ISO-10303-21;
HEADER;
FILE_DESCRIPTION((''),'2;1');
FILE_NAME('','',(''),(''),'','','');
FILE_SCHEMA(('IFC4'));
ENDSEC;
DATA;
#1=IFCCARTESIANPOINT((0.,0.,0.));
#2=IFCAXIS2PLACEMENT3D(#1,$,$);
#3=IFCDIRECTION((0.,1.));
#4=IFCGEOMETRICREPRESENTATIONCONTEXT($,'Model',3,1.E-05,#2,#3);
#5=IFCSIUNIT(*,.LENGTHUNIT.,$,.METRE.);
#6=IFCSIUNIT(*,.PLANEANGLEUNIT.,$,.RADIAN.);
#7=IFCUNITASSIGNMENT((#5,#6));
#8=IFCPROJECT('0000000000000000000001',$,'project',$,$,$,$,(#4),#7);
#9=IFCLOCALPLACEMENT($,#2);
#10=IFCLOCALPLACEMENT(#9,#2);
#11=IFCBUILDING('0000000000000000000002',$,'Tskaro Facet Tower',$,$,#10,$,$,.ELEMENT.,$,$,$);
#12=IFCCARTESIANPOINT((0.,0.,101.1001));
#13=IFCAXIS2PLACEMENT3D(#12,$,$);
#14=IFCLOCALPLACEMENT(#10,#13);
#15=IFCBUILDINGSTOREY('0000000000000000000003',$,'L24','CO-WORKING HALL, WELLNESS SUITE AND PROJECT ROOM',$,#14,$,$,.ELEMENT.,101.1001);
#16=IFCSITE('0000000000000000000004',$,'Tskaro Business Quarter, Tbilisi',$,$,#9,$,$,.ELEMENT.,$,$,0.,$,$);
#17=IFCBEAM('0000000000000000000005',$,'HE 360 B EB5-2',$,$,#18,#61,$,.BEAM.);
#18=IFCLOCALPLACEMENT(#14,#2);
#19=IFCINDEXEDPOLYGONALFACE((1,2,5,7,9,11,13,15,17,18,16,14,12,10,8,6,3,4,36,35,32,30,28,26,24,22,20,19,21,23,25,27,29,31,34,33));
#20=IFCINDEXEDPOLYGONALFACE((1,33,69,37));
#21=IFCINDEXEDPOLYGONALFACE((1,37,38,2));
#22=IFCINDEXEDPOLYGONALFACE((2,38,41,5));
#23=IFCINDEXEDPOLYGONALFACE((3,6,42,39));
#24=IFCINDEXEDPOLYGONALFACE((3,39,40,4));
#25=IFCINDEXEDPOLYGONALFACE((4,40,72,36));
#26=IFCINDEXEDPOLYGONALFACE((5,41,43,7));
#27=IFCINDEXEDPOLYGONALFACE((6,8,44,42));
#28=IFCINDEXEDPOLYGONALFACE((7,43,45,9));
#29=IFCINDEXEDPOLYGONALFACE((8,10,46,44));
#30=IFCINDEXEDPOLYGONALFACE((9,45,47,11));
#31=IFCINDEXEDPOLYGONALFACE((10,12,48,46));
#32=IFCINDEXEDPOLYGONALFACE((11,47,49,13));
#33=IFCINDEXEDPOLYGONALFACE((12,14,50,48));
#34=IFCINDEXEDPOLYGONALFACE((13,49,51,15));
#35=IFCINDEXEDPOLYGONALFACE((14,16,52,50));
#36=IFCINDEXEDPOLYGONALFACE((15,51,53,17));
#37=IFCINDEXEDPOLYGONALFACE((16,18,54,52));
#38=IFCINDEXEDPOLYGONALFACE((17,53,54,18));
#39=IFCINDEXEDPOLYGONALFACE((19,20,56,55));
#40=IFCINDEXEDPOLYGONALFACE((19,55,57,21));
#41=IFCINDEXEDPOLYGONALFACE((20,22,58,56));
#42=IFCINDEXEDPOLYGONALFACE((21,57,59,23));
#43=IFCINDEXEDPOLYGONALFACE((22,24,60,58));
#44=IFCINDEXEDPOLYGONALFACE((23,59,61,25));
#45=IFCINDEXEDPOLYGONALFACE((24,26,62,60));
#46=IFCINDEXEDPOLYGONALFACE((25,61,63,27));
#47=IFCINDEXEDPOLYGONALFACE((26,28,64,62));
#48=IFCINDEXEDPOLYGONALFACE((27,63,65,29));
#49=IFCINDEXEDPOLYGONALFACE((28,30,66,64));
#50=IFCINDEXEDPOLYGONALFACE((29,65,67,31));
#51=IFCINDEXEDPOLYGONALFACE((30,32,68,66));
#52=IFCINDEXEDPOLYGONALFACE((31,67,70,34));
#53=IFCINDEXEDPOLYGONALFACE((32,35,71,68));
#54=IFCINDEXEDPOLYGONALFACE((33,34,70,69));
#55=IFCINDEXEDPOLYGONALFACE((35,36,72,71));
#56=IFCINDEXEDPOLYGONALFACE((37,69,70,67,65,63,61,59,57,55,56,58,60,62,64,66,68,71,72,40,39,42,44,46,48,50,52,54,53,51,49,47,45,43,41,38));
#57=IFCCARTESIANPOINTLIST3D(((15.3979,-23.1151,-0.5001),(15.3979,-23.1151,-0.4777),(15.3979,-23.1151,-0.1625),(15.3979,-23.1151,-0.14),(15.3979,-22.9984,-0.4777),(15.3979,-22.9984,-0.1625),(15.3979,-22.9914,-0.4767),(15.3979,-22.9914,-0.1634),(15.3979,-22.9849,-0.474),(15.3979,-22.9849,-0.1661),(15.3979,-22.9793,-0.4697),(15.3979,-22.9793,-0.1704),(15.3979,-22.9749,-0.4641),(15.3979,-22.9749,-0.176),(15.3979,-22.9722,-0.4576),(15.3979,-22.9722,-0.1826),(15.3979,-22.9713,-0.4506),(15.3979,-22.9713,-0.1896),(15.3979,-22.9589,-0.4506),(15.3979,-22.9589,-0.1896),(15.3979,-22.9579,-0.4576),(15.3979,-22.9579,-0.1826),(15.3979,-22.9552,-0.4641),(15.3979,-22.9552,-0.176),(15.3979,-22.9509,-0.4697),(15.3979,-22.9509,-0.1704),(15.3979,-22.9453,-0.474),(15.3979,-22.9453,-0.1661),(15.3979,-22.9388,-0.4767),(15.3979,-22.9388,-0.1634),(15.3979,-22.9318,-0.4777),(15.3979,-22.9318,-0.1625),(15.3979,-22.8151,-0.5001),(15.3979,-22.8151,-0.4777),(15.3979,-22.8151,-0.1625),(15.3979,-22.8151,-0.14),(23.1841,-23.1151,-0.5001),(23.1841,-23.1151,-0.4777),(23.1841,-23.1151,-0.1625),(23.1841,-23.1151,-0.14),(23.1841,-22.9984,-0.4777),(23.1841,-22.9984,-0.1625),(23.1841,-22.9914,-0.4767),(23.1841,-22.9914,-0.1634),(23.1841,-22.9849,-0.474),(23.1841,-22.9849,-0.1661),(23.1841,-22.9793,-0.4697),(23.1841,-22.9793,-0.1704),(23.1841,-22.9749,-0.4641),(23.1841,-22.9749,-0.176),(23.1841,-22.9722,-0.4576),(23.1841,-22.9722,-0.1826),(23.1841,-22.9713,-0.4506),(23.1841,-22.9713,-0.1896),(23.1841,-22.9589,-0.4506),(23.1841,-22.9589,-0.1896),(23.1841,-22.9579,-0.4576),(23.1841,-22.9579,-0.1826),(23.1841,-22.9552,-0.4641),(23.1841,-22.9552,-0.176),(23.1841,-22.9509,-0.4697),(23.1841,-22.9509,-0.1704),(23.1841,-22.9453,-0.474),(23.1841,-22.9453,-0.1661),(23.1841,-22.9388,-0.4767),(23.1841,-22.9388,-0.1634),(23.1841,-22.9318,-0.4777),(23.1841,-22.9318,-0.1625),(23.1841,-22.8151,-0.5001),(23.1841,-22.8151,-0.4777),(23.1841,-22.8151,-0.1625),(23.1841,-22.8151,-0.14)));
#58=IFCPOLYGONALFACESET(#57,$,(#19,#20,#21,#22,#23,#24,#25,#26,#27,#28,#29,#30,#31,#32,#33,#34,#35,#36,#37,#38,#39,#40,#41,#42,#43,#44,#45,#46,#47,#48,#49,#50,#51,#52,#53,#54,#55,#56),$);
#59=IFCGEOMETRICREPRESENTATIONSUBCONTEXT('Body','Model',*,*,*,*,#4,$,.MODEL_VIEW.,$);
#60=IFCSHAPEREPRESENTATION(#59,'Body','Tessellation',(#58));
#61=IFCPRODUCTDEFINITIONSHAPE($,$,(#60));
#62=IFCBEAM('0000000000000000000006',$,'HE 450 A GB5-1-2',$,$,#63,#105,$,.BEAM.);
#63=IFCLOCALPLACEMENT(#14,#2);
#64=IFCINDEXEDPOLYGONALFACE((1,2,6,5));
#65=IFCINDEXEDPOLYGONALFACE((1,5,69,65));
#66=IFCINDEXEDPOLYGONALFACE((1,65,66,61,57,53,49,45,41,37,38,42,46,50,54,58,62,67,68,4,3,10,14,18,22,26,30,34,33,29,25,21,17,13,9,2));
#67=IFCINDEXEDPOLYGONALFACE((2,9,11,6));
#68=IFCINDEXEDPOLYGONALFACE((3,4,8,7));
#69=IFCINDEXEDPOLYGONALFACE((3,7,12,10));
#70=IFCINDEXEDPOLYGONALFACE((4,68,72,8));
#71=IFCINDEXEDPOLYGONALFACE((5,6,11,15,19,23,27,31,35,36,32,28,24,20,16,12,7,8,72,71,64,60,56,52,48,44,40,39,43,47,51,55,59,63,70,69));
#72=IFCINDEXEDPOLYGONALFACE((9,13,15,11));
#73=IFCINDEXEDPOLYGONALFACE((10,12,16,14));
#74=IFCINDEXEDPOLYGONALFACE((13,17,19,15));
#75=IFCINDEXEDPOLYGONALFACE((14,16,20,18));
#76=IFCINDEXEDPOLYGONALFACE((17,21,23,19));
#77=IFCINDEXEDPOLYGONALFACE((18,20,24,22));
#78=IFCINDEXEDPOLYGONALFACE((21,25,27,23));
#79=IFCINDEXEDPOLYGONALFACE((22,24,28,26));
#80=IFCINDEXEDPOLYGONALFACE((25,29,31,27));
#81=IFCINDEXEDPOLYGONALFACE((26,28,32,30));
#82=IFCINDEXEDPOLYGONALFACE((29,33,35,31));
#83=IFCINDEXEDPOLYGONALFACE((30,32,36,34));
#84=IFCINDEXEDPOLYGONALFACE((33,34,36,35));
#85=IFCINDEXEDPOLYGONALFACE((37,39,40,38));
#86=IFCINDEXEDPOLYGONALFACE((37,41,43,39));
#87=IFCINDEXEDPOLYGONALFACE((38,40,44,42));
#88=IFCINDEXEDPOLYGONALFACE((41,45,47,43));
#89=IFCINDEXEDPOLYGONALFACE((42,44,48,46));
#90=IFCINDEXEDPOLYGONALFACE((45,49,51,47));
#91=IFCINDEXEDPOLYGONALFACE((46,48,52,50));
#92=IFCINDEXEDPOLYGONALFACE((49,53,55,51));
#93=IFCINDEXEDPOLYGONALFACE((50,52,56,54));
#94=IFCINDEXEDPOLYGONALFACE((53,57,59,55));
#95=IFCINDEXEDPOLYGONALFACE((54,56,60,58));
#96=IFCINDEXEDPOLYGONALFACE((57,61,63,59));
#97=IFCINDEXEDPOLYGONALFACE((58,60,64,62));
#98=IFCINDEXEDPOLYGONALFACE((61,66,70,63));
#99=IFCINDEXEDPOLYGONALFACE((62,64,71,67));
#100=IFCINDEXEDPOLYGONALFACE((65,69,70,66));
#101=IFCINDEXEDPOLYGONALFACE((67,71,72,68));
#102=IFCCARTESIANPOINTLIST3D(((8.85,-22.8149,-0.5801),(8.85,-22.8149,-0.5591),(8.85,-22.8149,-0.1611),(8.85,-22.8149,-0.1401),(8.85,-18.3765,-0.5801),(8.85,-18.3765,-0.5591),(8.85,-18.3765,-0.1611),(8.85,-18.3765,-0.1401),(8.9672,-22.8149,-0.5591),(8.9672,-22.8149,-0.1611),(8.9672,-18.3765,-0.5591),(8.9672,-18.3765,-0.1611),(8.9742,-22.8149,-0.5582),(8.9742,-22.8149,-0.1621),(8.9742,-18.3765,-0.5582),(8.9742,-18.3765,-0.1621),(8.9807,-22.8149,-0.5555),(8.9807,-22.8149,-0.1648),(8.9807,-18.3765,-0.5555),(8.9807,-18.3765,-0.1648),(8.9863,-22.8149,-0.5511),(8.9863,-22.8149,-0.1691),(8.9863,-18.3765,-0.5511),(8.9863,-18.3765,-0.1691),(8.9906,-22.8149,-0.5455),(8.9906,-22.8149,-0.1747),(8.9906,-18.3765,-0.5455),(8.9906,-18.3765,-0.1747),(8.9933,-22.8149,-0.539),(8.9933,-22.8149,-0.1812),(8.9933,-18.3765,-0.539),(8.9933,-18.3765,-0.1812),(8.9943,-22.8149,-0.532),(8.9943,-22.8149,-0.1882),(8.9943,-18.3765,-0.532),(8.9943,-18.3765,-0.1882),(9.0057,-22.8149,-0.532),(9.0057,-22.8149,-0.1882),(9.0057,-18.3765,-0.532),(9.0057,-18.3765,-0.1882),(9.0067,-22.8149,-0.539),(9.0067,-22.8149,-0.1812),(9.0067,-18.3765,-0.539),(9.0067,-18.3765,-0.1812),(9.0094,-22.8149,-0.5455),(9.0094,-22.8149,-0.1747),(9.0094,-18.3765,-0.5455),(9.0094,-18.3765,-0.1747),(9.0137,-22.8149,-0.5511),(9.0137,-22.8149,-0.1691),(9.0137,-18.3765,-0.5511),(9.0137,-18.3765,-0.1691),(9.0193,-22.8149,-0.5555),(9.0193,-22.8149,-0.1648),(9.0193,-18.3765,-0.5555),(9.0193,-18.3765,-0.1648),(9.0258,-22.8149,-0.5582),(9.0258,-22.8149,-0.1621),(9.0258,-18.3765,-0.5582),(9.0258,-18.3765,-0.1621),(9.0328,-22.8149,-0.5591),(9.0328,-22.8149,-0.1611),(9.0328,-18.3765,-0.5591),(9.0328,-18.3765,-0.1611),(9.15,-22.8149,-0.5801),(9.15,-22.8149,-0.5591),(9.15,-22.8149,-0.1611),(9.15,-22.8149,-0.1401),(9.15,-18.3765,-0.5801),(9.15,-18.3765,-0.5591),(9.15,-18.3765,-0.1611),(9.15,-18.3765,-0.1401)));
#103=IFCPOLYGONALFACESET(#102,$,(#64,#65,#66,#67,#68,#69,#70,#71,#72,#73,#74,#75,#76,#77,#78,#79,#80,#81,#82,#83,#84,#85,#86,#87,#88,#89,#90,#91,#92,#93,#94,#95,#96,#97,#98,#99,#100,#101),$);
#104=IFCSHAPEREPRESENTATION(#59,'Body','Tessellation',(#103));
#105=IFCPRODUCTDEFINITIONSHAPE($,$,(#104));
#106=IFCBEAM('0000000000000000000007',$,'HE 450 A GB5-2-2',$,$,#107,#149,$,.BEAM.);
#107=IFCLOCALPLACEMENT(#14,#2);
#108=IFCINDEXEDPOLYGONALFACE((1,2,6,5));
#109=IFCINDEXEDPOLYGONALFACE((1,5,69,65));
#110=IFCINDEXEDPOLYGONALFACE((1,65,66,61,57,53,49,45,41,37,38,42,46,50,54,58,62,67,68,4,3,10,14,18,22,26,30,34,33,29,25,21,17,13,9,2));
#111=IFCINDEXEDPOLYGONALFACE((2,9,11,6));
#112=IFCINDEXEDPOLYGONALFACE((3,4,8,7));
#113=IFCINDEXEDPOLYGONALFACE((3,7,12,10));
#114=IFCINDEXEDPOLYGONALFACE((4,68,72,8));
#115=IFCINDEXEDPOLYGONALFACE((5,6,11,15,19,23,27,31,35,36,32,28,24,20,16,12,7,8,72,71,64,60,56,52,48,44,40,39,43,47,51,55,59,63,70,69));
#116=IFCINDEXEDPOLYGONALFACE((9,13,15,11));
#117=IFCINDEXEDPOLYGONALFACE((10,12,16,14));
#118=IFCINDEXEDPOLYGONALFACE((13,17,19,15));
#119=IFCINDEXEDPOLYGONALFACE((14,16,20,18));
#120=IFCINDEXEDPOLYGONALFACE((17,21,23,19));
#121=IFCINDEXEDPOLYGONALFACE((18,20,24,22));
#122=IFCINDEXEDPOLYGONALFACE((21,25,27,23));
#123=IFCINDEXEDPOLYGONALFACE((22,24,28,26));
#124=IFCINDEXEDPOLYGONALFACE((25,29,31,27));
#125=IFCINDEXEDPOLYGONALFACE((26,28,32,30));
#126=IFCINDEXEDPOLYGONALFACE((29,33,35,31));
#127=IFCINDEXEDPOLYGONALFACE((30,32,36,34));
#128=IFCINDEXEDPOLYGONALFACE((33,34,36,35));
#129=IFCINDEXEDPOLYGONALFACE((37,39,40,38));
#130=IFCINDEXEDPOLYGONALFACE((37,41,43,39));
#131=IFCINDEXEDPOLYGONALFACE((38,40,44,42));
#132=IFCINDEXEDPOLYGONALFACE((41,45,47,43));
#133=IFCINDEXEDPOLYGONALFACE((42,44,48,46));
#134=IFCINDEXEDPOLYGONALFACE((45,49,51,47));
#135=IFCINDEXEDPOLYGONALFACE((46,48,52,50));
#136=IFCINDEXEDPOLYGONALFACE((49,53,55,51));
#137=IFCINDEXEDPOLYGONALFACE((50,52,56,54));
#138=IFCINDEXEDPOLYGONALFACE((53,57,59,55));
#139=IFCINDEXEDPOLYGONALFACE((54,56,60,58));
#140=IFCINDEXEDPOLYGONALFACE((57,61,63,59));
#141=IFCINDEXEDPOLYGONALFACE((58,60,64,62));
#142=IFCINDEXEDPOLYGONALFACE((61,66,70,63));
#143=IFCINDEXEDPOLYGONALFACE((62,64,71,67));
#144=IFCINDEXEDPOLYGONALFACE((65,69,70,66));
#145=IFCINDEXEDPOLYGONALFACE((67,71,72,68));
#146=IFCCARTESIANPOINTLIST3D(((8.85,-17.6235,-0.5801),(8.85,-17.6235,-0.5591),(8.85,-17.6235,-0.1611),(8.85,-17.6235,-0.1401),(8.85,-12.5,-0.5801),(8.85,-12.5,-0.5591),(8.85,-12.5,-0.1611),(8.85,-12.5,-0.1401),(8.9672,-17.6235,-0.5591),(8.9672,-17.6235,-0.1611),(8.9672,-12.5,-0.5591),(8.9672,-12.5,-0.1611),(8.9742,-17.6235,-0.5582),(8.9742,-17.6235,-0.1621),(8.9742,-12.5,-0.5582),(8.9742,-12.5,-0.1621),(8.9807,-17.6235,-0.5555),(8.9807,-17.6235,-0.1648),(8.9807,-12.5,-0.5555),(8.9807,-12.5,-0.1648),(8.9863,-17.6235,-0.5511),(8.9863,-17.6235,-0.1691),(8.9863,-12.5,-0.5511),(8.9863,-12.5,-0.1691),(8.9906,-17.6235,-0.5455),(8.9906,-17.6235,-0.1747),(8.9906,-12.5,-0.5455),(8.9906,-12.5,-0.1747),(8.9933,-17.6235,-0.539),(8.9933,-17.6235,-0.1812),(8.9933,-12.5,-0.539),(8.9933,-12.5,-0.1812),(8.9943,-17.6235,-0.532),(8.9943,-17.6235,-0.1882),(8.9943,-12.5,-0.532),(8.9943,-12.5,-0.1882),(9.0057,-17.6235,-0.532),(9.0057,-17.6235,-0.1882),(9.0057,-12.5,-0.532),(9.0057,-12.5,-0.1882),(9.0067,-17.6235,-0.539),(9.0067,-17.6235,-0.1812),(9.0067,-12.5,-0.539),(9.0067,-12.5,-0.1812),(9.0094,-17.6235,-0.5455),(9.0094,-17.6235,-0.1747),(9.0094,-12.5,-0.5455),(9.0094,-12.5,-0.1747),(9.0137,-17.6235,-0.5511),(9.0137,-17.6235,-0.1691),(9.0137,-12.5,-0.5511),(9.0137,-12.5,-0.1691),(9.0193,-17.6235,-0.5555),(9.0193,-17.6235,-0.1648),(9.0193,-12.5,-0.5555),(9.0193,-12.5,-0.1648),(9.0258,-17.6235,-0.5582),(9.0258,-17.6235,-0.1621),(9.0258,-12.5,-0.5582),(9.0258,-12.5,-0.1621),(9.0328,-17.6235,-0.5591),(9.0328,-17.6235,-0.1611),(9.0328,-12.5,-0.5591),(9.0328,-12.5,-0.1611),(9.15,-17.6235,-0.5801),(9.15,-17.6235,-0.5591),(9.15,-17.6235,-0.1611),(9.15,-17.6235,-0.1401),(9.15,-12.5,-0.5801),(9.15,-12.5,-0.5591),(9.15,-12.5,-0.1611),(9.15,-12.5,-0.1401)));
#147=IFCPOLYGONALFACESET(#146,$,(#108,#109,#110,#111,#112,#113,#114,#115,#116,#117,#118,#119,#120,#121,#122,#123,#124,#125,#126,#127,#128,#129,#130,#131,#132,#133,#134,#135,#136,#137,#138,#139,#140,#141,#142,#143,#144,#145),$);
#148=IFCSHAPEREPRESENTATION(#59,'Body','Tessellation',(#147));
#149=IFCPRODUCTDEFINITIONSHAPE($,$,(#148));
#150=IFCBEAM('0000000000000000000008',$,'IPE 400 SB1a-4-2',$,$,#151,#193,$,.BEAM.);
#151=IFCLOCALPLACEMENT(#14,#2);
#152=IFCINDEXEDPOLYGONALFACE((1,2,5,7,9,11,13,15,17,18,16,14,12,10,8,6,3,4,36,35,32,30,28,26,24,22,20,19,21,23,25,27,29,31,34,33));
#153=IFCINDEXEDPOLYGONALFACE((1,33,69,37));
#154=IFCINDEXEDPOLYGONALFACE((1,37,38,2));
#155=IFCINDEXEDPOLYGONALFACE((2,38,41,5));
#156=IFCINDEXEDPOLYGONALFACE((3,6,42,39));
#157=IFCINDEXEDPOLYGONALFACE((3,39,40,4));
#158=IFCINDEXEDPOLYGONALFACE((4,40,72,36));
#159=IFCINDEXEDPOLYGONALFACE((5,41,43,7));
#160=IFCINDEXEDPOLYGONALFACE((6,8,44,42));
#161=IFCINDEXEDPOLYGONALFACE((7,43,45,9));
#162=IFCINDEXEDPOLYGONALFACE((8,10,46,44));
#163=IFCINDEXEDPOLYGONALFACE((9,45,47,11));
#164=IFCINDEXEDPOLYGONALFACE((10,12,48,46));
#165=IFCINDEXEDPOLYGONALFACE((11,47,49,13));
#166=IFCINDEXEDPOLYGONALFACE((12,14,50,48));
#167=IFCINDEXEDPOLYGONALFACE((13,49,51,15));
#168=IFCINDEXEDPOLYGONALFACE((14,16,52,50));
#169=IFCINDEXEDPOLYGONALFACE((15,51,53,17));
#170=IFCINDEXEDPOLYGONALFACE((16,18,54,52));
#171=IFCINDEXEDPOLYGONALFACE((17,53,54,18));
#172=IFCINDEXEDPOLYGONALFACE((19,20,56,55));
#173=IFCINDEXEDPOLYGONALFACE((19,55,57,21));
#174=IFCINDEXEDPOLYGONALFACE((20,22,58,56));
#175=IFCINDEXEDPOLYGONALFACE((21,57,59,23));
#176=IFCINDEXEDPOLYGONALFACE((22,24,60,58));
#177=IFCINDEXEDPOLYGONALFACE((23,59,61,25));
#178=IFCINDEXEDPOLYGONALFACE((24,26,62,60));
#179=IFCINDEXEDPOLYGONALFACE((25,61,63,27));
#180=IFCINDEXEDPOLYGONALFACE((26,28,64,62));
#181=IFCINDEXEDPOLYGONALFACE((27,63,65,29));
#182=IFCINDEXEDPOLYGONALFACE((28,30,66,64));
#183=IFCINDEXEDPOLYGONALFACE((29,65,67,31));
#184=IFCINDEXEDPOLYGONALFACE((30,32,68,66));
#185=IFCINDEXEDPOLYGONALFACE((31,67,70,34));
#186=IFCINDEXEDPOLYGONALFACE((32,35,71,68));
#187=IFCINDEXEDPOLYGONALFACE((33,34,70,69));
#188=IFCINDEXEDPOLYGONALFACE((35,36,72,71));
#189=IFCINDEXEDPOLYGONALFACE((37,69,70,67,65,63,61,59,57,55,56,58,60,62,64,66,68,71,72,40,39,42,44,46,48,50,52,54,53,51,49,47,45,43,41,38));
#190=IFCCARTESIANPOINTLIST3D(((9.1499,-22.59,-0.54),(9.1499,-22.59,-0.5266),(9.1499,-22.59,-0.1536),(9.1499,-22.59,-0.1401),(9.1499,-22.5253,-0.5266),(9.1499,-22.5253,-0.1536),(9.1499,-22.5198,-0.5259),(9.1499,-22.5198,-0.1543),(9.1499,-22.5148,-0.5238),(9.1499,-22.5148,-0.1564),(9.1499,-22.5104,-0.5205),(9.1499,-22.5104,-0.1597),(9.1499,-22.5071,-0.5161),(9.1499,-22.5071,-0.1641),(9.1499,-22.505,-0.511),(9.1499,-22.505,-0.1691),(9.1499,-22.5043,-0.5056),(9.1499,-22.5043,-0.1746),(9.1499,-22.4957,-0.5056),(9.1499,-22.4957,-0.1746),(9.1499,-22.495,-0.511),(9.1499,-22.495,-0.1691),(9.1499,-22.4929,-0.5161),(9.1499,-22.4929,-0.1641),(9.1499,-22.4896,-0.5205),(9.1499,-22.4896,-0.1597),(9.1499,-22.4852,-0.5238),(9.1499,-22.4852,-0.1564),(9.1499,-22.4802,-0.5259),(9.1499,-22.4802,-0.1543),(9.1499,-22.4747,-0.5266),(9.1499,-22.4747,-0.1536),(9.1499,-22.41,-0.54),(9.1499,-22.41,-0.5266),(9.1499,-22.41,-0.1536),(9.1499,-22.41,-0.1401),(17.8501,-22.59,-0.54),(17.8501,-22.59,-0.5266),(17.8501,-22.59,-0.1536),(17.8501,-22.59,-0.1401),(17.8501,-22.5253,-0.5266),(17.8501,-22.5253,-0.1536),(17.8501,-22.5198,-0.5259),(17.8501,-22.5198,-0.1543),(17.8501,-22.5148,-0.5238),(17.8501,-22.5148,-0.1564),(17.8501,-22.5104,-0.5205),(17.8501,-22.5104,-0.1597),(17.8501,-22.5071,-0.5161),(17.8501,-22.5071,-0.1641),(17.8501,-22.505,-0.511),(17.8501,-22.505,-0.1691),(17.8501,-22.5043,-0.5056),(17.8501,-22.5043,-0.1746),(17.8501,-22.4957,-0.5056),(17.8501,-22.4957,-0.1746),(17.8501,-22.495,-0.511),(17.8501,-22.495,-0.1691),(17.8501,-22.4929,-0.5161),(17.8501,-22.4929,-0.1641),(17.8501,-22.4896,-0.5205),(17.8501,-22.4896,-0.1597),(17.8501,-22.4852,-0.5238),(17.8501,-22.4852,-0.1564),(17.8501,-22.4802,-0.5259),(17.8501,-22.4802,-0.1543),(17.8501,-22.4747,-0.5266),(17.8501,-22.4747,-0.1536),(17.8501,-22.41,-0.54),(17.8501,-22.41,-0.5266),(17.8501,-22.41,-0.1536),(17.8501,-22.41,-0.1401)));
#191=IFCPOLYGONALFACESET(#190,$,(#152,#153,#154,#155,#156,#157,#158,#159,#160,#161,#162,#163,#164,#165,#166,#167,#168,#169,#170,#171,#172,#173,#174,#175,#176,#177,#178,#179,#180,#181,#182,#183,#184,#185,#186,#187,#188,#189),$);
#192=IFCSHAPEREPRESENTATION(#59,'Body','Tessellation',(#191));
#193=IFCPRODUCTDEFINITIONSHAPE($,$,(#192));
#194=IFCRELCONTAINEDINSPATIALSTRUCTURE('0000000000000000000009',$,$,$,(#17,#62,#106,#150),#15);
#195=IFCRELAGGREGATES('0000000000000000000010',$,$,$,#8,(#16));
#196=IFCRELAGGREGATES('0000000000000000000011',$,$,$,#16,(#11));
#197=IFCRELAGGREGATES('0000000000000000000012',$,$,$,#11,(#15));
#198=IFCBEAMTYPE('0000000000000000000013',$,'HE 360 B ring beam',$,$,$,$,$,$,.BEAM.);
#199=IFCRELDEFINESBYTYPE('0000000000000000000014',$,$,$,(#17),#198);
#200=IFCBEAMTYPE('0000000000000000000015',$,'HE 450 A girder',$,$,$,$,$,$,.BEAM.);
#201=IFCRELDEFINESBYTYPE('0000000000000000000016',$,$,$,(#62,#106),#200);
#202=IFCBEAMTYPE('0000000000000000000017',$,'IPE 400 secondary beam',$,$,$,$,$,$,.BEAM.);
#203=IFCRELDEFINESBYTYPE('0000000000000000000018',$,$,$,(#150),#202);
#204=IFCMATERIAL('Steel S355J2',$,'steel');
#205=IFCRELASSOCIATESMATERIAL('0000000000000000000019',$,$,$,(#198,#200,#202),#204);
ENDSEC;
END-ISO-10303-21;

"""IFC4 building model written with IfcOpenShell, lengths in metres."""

from ifc_helpers import new_model, si_unit, direction, frame, origin, origin_2d, place, context, subcontext, project, spatial, i_section, extrude, material, material_profile, profile_set, type_object, element, save


model = new_model("IFC4")

# Units and contexts
model_context = context("Model", 3, precision=1e-05, world=origin(), true_north=direction((0.0, 1.0)))
body_context = subcontext(model_context, "Body", "Model", "MODEL_VIEW")
ifc_project = project(units=[si_unit("LENGTHUNIT", "METRE"), si_unit("PLANEANGLEUNIT", "RADIAN")], contexts=[model_context])

# Site, building, storey
site_placement = place(None, origin())
site = spatial("IfcSite", under=ifc_project, at=site_placement, Name="Tskaro Business Quarter, Tbilisi", CompositionType="ELEMENT", RefElevation=0.0)
building_placement = place(site_placement, origin())
building = spatial("IfcBuilding", under=site, at=building_placement, Name="Tskaro Facet Tower", CompositionType="ELEMENT")
storey_placement = place(building_placement, frame((0.0, 0.0, 101.1001)))
storey = spatial("IfcBuildingStorey", under=building, at=storey_placement, Name="L24", Description="CO-WORKING HALL, WELLNESS SUITE AND PROJECT ROOM", CompositionType="ELEMENT", Elevation=101.1001)

# Beams
ifc_material_1 = material(Name="Steel S355J2", Category="steel")
ifc_material_profile_1 = material_profile(ifc_material_1, i_section(OverallWidth=0.3, OverallDepth=0.3601, WebThickness=0.0125, FlangeThickness=0.0225, FilletRadius=0.0271, at=origin_2d()), Name="HE 360 B")
ifc_profile_set_1 = profile_set([ifc_material_profile_1], Name="Steel S355J2")
beam_type_1 = type_object("IfcBeamType", Name="HE 360 B ring beam", PredefinedType="BEAM", material=ifc_profile_set_1)
beam_1_placement = place(storey_placement, frame((15.3979, -22.9651, -0.3201), z_axis=(1.0, 0.0, 0.0), x_axis=(0.0, 1.0, 0.0)))
element("IfcBeam", 1, at=beam_1_placement, inside=storey, type_object=beam_type_1, Name="HE 360 B EB5-2", PredefinedType="BEAM", context=body_context, shape_type="SweptSolid", body=[
    extrude(i_section(OverallWidth=0.3, OverallDepth=0.3601, WebThickness=0.0125, FlangeThickness=0.0225, FilletRadius=0.0271, at=origin_2d()), origin(), (0.0, 0.0, 1.0), 7.7861),
])
ifc_material_profile_2 = material_profile(ifc_material_1, i_section(OverallWidth=0.3, OverallDepth=0.4399, WebThickness=0.0115, FlangeThickness=0.021, FilletRadius=0.0271, at=origin_2d()), Name="HE 450 A")
ifc_profile_set_2 = profile_set([ifc_material_profile_2], Name="Steel S355J2")
beam_type_2 = type_object("IfcBeamType", Name="HE 450 A girder", PredefinedType="BEAM", material=ifc_profile_set_2)
beam_2_placement = place(storey_placement, frame((9.0, -22.8149, -0.3601), z_axis=(0.0, 1.0, 0.0), x_axis=(-1.0, 0.0, 0.0)))
element("IfcBeam", 2, at=beam_2_placement, inside=storey, type_object=beam_type_2, Name="HE 450 A GB5-1-2", PredefinedType="BEAM", context=body_context, shape_type="SweptSolid", body=[
    extrude(i_section(OverallWidth=0.3, OverallDepth=0.4399, WebThickness=0.0115, FlangeThickness=0.021, FilletRadius=0.0271, at=origin_2d()), origin(), (0.0, 0.0, 1.0), 4.4385),
])
beam_3_placement = place(storey_placement, frame((9.0, -17.6235, -0.3601), z_axis=(0.0, 1.0, 0.0), x_axis=(-1.0, 0.0, 0.0)))
element("IfcBeam", 3, at=beam_3_placement, inside=storey, type_object=beam_type_2, Name="HE 450 A GB5-2-2", PredefinedType="BEAM", context=body_context, shape_type="SweptSolid", body=[
    extrude(i_section(OverallWidth=0.3, OverallDepth=0.4399, WebThickness=0.0115, FlangeThickness=0.021, FilletRadius=0.0271, at=origin_2d()), origin(), (0.0, 0.0, 1.0), 5.1235),
])
ifc_material_profile_3 = material_profile(ifc_material_1, i_section(OverallWidth=0.1799, OverallDepth=0.3999, WebThickness=0.0085, FlangeThickness=0.0134, FilletRadius=0.021, at=origin_2d()), Name="IPE 400")
ifc_profile_set_3 = profile_set([ifc_material_profile_3], Name="Steel S355J2")
beam_type_3 = type_object("IfcBeamType", Name="IPE 400 secondary beam", PredefinedType="BEAM", material=ifc_profile_set_3)
beam_4_placement = place(storey_placement, frame((9.1499, -22.5, -0.3401), z_axis=(1.0, 0.0, 0.0), x_axis=(0.0, 1.0, 0.0)))
element("IfcBeam", 4, at=beam_4_placement, inside=storey, type_object=beam_type_3, Name="IPE 400 SB1a-4-2", PredefinedType="BEAM", context=body_context, shape_type="SweptSolid", body=[
    extrude(i_section(OverallWidth=0.1799, OverallDepth=0.3999, WebThickness=0.0085, FlangeThickness=0.0134, FilletRadius=0.021, at=origin_2d()), origin(), (0.0, 0.0, 1.0), 8.7002),
])

save(model, "model.ifc")
